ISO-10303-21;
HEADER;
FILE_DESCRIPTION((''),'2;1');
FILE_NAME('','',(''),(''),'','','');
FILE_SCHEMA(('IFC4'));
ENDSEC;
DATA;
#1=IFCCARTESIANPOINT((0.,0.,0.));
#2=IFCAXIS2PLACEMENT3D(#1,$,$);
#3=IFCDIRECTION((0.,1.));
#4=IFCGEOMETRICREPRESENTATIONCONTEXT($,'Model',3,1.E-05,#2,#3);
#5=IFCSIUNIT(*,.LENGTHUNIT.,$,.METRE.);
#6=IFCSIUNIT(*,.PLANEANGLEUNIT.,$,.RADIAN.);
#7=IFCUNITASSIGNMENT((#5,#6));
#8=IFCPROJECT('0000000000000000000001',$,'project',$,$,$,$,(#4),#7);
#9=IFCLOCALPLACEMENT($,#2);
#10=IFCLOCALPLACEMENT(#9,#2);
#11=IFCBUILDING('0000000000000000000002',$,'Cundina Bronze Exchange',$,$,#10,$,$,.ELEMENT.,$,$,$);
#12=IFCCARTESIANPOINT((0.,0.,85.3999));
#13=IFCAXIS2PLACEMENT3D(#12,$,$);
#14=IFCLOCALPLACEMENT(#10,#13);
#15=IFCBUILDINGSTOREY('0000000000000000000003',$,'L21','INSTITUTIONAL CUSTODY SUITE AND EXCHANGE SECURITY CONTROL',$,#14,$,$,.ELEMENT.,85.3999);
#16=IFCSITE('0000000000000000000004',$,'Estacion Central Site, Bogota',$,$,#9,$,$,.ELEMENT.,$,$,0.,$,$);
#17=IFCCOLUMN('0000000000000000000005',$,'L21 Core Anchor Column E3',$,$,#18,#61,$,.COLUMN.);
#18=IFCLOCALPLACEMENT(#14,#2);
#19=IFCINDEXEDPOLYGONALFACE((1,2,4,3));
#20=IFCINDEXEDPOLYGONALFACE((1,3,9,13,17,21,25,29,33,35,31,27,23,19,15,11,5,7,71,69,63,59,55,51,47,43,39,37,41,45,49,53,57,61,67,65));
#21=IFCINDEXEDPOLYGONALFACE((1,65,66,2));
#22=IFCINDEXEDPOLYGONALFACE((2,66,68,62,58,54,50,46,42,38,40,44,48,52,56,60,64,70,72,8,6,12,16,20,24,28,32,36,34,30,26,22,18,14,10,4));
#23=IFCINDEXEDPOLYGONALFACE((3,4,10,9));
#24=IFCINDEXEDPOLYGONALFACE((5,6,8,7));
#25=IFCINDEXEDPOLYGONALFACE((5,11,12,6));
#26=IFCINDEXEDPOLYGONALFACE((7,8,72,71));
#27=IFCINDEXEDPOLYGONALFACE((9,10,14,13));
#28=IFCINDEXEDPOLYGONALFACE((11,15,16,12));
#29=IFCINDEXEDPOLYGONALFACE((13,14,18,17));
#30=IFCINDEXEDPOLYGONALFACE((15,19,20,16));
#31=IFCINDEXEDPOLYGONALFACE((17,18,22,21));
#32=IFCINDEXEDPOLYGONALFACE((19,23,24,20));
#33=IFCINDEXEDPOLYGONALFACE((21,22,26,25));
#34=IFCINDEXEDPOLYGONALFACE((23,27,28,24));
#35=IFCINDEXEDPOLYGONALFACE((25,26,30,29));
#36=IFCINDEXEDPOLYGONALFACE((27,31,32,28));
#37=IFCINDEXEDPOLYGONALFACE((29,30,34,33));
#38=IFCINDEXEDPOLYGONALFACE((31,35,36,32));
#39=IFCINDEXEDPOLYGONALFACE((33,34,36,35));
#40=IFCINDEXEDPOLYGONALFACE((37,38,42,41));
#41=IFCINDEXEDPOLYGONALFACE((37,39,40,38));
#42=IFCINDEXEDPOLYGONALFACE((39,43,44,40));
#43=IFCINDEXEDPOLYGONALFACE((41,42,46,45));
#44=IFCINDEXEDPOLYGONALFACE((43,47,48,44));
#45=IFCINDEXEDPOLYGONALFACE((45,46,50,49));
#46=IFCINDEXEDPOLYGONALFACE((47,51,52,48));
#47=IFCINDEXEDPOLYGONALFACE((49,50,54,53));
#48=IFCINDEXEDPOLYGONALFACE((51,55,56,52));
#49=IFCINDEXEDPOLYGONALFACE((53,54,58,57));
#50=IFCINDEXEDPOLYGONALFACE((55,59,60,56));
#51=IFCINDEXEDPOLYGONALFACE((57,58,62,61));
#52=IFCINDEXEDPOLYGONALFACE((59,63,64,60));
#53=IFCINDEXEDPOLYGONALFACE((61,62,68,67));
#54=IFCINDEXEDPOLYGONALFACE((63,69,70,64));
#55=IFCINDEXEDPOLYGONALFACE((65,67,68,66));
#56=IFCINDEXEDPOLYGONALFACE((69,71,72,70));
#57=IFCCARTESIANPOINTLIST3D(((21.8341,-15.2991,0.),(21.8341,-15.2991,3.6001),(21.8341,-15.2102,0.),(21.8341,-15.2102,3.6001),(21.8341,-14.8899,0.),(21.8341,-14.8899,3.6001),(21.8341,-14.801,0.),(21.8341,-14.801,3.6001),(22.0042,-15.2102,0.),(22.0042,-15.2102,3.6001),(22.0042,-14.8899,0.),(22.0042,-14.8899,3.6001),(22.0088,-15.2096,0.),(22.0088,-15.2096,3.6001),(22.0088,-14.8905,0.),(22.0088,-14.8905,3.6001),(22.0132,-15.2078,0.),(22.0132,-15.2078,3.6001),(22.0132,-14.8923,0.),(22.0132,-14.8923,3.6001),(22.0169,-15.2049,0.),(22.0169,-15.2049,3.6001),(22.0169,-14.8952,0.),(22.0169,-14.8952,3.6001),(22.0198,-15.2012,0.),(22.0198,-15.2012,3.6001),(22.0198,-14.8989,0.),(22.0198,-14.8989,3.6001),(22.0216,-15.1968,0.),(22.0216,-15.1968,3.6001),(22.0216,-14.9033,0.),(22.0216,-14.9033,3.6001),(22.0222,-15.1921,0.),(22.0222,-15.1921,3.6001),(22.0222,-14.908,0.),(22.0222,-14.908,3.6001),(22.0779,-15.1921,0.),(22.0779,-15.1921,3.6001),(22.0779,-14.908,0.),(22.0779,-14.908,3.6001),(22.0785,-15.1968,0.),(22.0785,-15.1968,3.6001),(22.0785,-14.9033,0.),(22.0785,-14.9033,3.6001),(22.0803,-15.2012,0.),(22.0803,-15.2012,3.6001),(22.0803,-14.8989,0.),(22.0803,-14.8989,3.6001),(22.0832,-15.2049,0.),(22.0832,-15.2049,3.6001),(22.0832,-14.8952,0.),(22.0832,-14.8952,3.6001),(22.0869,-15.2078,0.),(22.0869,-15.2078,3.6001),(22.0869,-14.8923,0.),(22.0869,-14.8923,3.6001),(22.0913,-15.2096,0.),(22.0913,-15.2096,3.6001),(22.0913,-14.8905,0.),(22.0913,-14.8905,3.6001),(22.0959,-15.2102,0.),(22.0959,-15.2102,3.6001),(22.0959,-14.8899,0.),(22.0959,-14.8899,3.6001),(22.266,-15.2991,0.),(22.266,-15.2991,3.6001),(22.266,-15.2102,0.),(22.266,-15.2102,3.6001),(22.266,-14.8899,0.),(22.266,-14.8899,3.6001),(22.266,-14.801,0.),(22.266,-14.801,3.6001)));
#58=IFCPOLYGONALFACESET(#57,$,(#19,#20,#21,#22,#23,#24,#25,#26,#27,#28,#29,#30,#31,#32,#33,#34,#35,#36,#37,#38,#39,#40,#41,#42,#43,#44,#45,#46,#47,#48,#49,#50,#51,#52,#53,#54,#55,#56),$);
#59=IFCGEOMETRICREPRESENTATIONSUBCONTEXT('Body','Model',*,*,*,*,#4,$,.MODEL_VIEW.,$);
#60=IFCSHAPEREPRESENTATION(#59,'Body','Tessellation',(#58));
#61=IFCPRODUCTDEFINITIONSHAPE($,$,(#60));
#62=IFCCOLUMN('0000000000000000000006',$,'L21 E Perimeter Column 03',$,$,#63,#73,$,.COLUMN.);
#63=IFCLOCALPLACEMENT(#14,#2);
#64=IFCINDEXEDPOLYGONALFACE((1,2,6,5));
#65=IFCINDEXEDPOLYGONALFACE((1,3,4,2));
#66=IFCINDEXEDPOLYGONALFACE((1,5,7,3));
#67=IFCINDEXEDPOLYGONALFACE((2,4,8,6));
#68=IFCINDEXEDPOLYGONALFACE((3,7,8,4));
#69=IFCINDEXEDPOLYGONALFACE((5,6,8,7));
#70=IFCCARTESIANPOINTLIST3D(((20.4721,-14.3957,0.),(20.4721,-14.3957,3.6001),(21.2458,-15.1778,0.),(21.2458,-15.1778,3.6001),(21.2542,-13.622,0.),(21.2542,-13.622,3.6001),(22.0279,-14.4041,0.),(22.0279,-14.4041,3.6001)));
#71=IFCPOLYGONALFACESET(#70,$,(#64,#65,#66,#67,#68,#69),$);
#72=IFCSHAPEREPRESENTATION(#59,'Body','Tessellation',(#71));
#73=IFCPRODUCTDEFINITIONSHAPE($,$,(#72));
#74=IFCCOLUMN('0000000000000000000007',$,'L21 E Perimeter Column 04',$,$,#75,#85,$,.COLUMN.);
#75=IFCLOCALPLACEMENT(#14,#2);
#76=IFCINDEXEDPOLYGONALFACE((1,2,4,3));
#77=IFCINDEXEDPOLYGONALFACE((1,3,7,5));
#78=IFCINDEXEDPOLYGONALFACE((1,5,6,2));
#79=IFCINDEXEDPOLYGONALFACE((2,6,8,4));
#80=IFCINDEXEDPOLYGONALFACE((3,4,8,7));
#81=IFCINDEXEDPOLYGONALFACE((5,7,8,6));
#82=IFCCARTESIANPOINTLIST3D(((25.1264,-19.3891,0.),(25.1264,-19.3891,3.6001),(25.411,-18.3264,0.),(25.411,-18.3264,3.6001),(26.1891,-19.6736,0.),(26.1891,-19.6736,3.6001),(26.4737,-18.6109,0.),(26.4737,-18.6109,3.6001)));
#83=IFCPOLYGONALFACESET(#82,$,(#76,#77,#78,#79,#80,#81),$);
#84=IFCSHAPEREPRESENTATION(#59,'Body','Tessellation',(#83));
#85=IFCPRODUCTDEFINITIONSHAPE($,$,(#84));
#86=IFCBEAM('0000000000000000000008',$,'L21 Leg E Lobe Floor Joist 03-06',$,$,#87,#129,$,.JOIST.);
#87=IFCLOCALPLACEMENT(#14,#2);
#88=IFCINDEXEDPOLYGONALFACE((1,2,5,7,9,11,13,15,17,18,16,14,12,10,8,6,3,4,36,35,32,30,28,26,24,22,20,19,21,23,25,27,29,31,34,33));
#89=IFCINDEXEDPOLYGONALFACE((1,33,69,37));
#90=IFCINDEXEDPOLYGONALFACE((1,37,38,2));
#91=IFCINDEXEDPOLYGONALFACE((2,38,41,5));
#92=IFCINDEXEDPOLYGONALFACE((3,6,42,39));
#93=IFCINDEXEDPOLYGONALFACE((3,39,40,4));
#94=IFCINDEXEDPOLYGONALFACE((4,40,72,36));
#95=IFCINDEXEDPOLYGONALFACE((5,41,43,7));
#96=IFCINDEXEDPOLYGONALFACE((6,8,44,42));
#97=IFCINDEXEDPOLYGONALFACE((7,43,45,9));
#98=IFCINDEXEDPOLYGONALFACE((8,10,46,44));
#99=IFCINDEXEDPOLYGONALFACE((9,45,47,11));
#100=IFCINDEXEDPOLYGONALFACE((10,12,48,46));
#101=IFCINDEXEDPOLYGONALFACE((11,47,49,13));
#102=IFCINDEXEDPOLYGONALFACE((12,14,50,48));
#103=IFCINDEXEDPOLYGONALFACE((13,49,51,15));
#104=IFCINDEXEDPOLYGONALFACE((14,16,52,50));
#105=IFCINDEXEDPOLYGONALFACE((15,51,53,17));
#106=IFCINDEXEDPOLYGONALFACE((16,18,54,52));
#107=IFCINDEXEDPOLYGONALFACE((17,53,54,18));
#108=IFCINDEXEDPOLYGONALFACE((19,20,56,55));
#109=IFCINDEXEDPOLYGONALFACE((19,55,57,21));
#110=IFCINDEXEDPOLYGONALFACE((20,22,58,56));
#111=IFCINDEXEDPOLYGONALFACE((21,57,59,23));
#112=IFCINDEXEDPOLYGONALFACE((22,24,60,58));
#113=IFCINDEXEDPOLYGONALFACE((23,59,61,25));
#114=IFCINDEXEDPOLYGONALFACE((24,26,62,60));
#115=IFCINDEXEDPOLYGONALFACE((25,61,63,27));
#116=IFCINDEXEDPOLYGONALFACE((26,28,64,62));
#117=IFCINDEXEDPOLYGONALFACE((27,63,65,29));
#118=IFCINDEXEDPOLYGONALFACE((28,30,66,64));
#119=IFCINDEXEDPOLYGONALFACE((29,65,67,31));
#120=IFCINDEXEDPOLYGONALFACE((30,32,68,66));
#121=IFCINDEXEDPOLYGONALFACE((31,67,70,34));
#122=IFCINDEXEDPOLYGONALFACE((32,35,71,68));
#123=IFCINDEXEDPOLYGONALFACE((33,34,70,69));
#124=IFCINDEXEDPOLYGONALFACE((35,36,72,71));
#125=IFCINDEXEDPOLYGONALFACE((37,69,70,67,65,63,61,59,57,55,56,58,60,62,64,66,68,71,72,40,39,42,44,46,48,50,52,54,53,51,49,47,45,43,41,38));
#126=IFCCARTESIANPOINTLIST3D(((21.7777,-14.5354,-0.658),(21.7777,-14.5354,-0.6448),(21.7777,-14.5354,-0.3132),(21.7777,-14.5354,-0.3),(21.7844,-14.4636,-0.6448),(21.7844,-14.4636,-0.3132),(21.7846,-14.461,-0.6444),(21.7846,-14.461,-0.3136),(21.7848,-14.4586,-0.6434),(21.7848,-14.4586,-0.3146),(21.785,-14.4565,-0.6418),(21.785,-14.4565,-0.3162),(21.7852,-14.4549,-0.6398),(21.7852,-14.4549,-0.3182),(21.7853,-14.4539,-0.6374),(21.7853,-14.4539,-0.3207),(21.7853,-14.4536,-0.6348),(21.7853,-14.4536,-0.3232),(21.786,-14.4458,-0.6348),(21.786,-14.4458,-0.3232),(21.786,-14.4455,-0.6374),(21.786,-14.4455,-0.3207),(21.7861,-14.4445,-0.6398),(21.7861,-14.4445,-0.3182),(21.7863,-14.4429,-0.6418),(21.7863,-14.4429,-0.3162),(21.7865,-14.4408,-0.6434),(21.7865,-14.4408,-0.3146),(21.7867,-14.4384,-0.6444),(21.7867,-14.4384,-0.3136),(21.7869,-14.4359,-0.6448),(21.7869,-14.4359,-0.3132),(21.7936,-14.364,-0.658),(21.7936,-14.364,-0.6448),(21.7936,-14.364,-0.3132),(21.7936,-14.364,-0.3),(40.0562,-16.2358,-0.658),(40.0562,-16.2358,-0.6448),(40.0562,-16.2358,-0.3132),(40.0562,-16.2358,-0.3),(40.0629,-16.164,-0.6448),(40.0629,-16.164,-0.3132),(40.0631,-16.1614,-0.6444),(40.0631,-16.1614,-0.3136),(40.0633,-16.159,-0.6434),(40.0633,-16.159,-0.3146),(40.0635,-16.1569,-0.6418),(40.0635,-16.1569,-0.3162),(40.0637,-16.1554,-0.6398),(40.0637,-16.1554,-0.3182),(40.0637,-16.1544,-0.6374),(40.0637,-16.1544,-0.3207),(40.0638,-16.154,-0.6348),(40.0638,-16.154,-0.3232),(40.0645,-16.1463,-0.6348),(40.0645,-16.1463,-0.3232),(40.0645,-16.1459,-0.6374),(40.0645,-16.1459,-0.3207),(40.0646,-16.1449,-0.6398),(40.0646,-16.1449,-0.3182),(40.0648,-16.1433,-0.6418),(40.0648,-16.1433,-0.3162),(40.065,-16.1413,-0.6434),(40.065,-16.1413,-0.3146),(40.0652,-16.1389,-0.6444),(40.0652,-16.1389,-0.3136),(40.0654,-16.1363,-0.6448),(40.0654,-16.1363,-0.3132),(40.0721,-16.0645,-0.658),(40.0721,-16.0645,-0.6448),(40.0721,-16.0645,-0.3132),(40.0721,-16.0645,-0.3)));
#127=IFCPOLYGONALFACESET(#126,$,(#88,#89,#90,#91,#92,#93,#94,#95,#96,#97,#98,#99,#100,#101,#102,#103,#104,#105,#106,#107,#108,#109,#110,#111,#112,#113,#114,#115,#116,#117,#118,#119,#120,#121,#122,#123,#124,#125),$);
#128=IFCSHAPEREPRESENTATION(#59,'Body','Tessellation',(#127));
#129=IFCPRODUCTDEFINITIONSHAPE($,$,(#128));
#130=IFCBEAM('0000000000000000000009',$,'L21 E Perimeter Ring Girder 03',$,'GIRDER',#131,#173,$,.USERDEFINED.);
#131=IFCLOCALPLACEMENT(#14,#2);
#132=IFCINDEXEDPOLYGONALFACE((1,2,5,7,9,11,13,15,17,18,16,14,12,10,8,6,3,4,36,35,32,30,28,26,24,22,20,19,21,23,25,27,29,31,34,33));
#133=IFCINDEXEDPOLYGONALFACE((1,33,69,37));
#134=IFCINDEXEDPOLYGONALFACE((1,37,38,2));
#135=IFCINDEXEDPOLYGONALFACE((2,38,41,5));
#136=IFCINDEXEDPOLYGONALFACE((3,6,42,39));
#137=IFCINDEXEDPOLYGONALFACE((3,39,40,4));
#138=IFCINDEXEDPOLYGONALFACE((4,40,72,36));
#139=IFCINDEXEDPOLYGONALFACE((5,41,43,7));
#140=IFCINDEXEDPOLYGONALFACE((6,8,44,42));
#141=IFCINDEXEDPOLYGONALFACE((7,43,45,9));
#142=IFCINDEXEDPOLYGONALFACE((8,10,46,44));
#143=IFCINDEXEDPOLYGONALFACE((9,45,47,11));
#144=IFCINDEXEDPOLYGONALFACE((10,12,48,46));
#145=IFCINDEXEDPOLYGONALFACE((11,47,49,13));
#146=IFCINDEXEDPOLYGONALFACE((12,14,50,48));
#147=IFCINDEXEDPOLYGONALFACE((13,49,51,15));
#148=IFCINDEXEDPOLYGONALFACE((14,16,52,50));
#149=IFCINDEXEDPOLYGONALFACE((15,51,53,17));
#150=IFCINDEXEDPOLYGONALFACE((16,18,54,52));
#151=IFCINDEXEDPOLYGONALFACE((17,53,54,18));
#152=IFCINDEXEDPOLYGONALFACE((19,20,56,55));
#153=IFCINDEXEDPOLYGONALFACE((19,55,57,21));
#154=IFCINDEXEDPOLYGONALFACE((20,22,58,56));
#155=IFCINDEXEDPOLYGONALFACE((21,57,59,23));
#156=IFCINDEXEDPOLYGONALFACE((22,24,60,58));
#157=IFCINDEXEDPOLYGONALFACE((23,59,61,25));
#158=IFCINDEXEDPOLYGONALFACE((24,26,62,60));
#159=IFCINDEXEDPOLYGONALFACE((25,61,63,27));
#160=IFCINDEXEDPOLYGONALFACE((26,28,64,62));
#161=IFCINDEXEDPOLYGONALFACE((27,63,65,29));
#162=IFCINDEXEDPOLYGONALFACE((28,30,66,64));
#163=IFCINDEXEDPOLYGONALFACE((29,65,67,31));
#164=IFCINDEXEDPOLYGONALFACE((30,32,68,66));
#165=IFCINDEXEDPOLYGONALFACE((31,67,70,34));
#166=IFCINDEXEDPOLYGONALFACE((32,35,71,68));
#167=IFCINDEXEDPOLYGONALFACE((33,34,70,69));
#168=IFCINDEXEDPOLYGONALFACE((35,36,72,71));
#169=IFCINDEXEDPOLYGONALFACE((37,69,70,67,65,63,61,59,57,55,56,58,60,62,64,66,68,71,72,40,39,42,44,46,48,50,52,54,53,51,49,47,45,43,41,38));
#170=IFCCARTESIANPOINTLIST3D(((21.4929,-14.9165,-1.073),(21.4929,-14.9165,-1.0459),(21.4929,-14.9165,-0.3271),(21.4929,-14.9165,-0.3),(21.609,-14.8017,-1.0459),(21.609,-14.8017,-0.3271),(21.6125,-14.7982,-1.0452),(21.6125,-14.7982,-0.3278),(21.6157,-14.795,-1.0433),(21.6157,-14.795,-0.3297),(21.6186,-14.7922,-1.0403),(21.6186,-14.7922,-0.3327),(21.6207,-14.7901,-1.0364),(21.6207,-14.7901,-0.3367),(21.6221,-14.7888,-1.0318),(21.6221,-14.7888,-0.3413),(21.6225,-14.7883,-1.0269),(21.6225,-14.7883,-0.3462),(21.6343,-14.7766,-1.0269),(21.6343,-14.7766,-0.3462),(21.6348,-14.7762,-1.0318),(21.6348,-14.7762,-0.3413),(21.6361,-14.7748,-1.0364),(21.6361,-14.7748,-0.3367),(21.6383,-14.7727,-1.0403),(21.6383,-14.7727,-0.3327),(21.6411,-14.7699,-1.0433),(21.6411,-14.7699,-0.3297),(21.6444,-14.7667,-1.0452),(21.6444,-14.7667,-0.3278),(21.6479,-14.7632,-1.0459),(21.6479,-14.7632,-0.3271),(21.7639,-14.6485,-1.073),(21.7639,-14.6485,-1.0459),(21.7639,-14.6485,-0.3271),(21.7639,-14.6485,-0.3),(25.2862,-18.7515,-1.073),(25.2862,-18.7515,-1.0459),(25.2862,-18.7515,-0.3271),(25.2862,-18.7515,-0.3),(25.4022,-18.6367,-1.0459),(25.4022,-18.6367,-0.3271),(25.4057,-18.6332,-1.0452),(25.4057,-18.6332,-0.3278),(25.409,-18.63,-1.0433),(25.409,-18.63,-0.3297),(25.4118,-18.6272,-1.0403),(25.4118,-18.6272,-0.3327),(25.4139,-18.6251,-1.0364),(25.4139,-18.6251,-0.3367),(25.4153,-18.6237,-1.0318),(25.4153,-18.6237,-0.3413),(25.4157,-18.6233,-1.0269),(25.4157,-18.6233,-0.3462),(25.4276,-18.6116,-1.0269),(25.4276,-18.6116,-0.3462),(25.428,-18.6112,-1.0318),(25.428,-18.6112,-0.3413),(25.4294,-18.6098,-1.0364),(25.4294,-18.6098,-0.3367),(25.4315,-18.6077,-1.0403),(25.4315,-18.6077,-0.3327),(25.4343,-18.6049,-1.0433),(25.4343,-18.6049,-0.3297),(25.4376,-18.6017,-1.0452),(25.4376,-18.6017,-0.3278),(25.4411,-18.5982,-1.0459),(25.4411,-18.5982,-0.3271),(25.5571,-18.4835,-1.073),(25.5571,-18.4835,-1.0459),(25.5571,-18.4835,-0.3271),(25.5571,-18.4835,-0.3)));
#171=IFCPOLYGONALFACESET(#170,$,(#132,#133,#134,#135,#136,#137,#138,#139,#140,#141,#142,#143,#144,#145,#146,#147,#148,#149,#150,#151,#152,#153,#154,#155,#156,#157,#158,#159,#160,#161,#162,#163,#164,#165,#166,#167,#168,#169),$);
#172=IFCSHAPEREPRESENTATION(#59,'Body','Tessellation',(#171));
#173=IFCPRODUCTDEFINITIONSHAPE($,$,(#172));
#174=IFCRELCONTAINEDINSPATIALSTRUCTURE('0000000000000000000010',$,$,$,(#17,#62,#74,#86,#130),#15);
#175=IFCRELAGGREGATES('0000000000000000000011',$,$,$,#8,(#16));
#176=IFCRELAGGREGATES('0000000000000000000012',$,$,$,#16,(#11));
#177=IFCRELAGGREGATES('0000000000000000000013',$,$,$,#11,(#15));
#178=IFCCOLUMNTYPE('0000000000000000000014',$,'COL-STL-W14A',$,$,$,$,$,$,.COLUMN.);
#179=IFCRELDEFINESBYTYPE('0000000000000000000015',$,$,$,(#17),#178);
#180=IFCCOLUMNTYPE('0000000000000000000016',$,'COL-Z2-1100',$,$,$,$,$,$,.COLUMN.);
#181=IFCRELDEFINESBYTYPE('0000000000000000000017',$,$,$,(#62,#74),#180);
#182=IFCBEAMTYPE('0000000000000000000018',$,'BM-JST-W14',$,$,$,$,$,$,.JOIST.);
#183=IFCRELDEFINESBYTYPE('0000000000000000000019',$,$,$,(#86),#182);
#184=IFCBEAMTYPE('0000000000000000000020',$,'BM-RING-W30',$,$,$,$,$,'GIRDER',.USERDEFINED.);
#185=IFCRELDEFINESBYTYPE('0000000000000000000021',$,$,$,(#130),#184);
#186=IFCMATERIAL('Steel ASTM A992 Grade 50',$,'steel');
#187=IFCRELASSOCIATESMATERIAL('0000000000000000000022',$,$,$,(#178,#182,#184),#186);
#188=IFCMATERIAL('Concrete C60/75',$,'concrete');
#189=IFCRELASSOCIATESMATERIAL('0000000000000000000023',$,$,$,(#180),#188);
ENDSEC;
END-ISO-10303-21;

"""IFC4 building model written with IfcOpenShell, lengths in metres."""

from ifc_helpers import new_model, si_unit, direction, frame, origin, origin_2d, place, context, subcontext, project, spatial, rectangle, i_section, extrude, material, material_profile, profile_set, type_object, element, save


model = new_model("IFC4")

# Units and contexts
model_context = context("Model", 3, precision=1e-05, world=origin(), true_north=direction((0.0, 1.0)))
body_context = subcontext(model_context, "Body", "Model", "MODEL_VIEW")
ifc_project = project(units=[si_unit("LENGTHUNIT", "METRE"), si_unit("PLANEANGLEUNIT", "RADIAN")], contexts=[model_context])

# Site, building, storey
site_placement = place(None, origin())
site = spatial("IfcSite", under=ifc_project, at=site_placement, Name="Estacion Central Site, Bogota", CompositionType="ELEMENT", RefElevation=0.0)
building_placement = place(site_placement, origin())
building = spatial("IfcBuilding", under=site, at=building_placement, Name="Cundina Bronze Exchange", CompositionType="ELEMENT")
storey_placement = place(building_placement, frame((0.0, 0.0, 85.3999)))
storey = spatial("IfcBuildingStorey", under=building, at=storey_placement, Name="L21", Description="INSTITUTIONAL CUSTODY SUITE AND EXCHANGE SECURITY CONTROL", CompositionType="ELEMENT", Elevation=85.3999)

# Columns
ifc_material_1 = material(Name="Steel ASTM A992 Grade 50", Category="steel")
ifc_material_profile_1 = material_profile(ifc_material_1, i_section(OverallWidth=0.4319, OverallDepth=0.498, WebThickness=0.0557, FlangeThickness=0.0889, FilletRadius=0.0181, at=origin_2d()), Name="W14X500", Category="steel")
ifc_profile_set_1 = profile_set([ifc_material_profile_1], Name="Steel ASTM A992 Grade 50")
column_type_1 = type_object("IfcColumnType", Name="COL-STL-W14A", PredefinedType="COLUMN", material=ifc_profile_set_1)
column_placement = place(storey_placement, frame((22.05, -15.05, 0.0), z_axis=(0.0, 0.0, 1.0), x_axis=(1.0, 0.0, 0.0)))
element("IfcColumn", 1, at=column_placement, inside=storey, type_object=column_type_1, Name="L21 Core Anchor Column E3", PredefinedType="COLUMN", context=body_context, shape_type="SweptSolid", body=[
    extrude(i_section(OverallWidth=0.4319, OverallDepth=0.498, WebThickness=0.0557, FlangeThickness=0.0889, FilletRadius=0.0181, at=origin_2d()), origin(), (0.0, 0.0, 1.0), 3.6001),
])
ifc_material_2 = material(Name="Concrete C60/75", Category="concrete")
ifc_material_profile_2 = material_profile(ifc_material_2, rectangle(XDim=1.1001, YDim=1.1001, at=origin_2d()), Name="RC1100X1100", Category="concrete")
ifc_profile_set_2 = profile_set([ifc_material_profile_2], Name="Concrete C60/75")
column_type_2 = type_object("IfcColumnType", Name="COL-Z2-1100", PredefinedType="COLUMN", material=ifc_profile_set_2)
for number, where, z_axis, x_axis, name in (
    (2, (21.25, -14.3999, 0.0), (0.0, 0.0, 1.0), (0.703271, -0.710922, 0.0), "L21 E Perimeter Column 03"),
    (3, (25.8, -19.0, 0.0), (0.0, 0.0, 1.0), (0.965971, -0.25865, 0.0), "L21 E Perimeter Column 04"),
):
    element("IfcColumn", number, at=place(storey_placement, frame(where, z_axis=z_axis, x_axis=x_axis)), inside=storey, type_object=column_type_2, Name=name, PredefinedType="COLUMN", context=body_context, shape_type="SweptSolid", body=[
        extrude(rectangle(XDim=1.1001, YDim=1.1001, at=origin_2d()), origin(), (0.0, 0.0, 1.0), 3.6001),
    ])

# Beams
ifc_material_profile_3 = material_profile(ifc_material_1, i_section(OverallWidth=0.1721, OverallDepth=0.3579, WebThickness=0.0078, FlangeThickness=0.0132, FilletRadius=0.01, at=origin_2d()), Name="W14X38", Category="steel")
ifc_profile_set_3 = profile_set([ifc_material_profile_3], Name="Steel ASTM A992 Grade 50")
beam_type_1 = type_object("IfcBeamType", Name="BM-JST-W14", PredefinedType="JOIST", material=ifc_profile_set_3)
beam_1_placement = place(storey_placement, frame((21.7856, -14.4497, -0.479), z_axis=(0.995701, -0.092629, 0.0), x_axis=(0.092629, 0.995701, 0.0)))
element("IfcBeam", 4, at=beam_1_placement, inside=storey, type_object=beam_type_1, Name="L21 Leg E Lobe Floor Joist 03-06", PredefinedType="JOIST", context=body_context, shape_type="SweptSolid", body=[
    extrude(i_section(OverallWidth=0.1721, OverallDepth=0.3579, WebThickness=0.0078, FlangeThickness=0.0132, FilletRadius=0.01, at=origin_2d()), origin(), (0.0, 0.0, 1.0), 18.3574),
])
ifc_material_profile_4 = material_profile(ifc_material_1, i_section(OverallWidth=0.3811, OverallDepth=0.7729, WebThickness=0.0166, FlangeThickness=0.0271, FilletRadius=0.019, at=origin_2d()), Name="W30X173", Category="steel")
ifc_profile_set_4 = profile_set([ifc_material_profile_4], Name="Steel ASTM A992 Grade 50")
beam_type_2 = type_object("IfcBeamType", Name="BM-RING-W30", ElementType="GIRDER", PredefinedType="USERDEFINED", material=ifc_profile_set_4)
beam_2_placement = place(storey_placement, frame((21.6284, -14.7825, -0.6865), z_axis=(0.703226, -0.710966, 0.0), x_axis=(0.710966, 0.703226, 0.0)))
element("IfcBeam", 5, at=beam_2_placement, inside=storey, type_object=beam_type_2, Name="L21 E Perimeter Ring Girder 03", ObjectType="GIRDER", PredefinedType="USERDEFINED", context=body_context, shape_type="SweptSolid", body=[
    extrude(i_section(OverallWidth=0.3811, OverallDepth=0.7729, WebThickness=0.0166, FlangeThickness=0.0271, FilletRadius=0.019, at=origin_2d()), origin(), (0.0, 0.0, 1.0), 5.394),
])

save(model, "model.ifc")
